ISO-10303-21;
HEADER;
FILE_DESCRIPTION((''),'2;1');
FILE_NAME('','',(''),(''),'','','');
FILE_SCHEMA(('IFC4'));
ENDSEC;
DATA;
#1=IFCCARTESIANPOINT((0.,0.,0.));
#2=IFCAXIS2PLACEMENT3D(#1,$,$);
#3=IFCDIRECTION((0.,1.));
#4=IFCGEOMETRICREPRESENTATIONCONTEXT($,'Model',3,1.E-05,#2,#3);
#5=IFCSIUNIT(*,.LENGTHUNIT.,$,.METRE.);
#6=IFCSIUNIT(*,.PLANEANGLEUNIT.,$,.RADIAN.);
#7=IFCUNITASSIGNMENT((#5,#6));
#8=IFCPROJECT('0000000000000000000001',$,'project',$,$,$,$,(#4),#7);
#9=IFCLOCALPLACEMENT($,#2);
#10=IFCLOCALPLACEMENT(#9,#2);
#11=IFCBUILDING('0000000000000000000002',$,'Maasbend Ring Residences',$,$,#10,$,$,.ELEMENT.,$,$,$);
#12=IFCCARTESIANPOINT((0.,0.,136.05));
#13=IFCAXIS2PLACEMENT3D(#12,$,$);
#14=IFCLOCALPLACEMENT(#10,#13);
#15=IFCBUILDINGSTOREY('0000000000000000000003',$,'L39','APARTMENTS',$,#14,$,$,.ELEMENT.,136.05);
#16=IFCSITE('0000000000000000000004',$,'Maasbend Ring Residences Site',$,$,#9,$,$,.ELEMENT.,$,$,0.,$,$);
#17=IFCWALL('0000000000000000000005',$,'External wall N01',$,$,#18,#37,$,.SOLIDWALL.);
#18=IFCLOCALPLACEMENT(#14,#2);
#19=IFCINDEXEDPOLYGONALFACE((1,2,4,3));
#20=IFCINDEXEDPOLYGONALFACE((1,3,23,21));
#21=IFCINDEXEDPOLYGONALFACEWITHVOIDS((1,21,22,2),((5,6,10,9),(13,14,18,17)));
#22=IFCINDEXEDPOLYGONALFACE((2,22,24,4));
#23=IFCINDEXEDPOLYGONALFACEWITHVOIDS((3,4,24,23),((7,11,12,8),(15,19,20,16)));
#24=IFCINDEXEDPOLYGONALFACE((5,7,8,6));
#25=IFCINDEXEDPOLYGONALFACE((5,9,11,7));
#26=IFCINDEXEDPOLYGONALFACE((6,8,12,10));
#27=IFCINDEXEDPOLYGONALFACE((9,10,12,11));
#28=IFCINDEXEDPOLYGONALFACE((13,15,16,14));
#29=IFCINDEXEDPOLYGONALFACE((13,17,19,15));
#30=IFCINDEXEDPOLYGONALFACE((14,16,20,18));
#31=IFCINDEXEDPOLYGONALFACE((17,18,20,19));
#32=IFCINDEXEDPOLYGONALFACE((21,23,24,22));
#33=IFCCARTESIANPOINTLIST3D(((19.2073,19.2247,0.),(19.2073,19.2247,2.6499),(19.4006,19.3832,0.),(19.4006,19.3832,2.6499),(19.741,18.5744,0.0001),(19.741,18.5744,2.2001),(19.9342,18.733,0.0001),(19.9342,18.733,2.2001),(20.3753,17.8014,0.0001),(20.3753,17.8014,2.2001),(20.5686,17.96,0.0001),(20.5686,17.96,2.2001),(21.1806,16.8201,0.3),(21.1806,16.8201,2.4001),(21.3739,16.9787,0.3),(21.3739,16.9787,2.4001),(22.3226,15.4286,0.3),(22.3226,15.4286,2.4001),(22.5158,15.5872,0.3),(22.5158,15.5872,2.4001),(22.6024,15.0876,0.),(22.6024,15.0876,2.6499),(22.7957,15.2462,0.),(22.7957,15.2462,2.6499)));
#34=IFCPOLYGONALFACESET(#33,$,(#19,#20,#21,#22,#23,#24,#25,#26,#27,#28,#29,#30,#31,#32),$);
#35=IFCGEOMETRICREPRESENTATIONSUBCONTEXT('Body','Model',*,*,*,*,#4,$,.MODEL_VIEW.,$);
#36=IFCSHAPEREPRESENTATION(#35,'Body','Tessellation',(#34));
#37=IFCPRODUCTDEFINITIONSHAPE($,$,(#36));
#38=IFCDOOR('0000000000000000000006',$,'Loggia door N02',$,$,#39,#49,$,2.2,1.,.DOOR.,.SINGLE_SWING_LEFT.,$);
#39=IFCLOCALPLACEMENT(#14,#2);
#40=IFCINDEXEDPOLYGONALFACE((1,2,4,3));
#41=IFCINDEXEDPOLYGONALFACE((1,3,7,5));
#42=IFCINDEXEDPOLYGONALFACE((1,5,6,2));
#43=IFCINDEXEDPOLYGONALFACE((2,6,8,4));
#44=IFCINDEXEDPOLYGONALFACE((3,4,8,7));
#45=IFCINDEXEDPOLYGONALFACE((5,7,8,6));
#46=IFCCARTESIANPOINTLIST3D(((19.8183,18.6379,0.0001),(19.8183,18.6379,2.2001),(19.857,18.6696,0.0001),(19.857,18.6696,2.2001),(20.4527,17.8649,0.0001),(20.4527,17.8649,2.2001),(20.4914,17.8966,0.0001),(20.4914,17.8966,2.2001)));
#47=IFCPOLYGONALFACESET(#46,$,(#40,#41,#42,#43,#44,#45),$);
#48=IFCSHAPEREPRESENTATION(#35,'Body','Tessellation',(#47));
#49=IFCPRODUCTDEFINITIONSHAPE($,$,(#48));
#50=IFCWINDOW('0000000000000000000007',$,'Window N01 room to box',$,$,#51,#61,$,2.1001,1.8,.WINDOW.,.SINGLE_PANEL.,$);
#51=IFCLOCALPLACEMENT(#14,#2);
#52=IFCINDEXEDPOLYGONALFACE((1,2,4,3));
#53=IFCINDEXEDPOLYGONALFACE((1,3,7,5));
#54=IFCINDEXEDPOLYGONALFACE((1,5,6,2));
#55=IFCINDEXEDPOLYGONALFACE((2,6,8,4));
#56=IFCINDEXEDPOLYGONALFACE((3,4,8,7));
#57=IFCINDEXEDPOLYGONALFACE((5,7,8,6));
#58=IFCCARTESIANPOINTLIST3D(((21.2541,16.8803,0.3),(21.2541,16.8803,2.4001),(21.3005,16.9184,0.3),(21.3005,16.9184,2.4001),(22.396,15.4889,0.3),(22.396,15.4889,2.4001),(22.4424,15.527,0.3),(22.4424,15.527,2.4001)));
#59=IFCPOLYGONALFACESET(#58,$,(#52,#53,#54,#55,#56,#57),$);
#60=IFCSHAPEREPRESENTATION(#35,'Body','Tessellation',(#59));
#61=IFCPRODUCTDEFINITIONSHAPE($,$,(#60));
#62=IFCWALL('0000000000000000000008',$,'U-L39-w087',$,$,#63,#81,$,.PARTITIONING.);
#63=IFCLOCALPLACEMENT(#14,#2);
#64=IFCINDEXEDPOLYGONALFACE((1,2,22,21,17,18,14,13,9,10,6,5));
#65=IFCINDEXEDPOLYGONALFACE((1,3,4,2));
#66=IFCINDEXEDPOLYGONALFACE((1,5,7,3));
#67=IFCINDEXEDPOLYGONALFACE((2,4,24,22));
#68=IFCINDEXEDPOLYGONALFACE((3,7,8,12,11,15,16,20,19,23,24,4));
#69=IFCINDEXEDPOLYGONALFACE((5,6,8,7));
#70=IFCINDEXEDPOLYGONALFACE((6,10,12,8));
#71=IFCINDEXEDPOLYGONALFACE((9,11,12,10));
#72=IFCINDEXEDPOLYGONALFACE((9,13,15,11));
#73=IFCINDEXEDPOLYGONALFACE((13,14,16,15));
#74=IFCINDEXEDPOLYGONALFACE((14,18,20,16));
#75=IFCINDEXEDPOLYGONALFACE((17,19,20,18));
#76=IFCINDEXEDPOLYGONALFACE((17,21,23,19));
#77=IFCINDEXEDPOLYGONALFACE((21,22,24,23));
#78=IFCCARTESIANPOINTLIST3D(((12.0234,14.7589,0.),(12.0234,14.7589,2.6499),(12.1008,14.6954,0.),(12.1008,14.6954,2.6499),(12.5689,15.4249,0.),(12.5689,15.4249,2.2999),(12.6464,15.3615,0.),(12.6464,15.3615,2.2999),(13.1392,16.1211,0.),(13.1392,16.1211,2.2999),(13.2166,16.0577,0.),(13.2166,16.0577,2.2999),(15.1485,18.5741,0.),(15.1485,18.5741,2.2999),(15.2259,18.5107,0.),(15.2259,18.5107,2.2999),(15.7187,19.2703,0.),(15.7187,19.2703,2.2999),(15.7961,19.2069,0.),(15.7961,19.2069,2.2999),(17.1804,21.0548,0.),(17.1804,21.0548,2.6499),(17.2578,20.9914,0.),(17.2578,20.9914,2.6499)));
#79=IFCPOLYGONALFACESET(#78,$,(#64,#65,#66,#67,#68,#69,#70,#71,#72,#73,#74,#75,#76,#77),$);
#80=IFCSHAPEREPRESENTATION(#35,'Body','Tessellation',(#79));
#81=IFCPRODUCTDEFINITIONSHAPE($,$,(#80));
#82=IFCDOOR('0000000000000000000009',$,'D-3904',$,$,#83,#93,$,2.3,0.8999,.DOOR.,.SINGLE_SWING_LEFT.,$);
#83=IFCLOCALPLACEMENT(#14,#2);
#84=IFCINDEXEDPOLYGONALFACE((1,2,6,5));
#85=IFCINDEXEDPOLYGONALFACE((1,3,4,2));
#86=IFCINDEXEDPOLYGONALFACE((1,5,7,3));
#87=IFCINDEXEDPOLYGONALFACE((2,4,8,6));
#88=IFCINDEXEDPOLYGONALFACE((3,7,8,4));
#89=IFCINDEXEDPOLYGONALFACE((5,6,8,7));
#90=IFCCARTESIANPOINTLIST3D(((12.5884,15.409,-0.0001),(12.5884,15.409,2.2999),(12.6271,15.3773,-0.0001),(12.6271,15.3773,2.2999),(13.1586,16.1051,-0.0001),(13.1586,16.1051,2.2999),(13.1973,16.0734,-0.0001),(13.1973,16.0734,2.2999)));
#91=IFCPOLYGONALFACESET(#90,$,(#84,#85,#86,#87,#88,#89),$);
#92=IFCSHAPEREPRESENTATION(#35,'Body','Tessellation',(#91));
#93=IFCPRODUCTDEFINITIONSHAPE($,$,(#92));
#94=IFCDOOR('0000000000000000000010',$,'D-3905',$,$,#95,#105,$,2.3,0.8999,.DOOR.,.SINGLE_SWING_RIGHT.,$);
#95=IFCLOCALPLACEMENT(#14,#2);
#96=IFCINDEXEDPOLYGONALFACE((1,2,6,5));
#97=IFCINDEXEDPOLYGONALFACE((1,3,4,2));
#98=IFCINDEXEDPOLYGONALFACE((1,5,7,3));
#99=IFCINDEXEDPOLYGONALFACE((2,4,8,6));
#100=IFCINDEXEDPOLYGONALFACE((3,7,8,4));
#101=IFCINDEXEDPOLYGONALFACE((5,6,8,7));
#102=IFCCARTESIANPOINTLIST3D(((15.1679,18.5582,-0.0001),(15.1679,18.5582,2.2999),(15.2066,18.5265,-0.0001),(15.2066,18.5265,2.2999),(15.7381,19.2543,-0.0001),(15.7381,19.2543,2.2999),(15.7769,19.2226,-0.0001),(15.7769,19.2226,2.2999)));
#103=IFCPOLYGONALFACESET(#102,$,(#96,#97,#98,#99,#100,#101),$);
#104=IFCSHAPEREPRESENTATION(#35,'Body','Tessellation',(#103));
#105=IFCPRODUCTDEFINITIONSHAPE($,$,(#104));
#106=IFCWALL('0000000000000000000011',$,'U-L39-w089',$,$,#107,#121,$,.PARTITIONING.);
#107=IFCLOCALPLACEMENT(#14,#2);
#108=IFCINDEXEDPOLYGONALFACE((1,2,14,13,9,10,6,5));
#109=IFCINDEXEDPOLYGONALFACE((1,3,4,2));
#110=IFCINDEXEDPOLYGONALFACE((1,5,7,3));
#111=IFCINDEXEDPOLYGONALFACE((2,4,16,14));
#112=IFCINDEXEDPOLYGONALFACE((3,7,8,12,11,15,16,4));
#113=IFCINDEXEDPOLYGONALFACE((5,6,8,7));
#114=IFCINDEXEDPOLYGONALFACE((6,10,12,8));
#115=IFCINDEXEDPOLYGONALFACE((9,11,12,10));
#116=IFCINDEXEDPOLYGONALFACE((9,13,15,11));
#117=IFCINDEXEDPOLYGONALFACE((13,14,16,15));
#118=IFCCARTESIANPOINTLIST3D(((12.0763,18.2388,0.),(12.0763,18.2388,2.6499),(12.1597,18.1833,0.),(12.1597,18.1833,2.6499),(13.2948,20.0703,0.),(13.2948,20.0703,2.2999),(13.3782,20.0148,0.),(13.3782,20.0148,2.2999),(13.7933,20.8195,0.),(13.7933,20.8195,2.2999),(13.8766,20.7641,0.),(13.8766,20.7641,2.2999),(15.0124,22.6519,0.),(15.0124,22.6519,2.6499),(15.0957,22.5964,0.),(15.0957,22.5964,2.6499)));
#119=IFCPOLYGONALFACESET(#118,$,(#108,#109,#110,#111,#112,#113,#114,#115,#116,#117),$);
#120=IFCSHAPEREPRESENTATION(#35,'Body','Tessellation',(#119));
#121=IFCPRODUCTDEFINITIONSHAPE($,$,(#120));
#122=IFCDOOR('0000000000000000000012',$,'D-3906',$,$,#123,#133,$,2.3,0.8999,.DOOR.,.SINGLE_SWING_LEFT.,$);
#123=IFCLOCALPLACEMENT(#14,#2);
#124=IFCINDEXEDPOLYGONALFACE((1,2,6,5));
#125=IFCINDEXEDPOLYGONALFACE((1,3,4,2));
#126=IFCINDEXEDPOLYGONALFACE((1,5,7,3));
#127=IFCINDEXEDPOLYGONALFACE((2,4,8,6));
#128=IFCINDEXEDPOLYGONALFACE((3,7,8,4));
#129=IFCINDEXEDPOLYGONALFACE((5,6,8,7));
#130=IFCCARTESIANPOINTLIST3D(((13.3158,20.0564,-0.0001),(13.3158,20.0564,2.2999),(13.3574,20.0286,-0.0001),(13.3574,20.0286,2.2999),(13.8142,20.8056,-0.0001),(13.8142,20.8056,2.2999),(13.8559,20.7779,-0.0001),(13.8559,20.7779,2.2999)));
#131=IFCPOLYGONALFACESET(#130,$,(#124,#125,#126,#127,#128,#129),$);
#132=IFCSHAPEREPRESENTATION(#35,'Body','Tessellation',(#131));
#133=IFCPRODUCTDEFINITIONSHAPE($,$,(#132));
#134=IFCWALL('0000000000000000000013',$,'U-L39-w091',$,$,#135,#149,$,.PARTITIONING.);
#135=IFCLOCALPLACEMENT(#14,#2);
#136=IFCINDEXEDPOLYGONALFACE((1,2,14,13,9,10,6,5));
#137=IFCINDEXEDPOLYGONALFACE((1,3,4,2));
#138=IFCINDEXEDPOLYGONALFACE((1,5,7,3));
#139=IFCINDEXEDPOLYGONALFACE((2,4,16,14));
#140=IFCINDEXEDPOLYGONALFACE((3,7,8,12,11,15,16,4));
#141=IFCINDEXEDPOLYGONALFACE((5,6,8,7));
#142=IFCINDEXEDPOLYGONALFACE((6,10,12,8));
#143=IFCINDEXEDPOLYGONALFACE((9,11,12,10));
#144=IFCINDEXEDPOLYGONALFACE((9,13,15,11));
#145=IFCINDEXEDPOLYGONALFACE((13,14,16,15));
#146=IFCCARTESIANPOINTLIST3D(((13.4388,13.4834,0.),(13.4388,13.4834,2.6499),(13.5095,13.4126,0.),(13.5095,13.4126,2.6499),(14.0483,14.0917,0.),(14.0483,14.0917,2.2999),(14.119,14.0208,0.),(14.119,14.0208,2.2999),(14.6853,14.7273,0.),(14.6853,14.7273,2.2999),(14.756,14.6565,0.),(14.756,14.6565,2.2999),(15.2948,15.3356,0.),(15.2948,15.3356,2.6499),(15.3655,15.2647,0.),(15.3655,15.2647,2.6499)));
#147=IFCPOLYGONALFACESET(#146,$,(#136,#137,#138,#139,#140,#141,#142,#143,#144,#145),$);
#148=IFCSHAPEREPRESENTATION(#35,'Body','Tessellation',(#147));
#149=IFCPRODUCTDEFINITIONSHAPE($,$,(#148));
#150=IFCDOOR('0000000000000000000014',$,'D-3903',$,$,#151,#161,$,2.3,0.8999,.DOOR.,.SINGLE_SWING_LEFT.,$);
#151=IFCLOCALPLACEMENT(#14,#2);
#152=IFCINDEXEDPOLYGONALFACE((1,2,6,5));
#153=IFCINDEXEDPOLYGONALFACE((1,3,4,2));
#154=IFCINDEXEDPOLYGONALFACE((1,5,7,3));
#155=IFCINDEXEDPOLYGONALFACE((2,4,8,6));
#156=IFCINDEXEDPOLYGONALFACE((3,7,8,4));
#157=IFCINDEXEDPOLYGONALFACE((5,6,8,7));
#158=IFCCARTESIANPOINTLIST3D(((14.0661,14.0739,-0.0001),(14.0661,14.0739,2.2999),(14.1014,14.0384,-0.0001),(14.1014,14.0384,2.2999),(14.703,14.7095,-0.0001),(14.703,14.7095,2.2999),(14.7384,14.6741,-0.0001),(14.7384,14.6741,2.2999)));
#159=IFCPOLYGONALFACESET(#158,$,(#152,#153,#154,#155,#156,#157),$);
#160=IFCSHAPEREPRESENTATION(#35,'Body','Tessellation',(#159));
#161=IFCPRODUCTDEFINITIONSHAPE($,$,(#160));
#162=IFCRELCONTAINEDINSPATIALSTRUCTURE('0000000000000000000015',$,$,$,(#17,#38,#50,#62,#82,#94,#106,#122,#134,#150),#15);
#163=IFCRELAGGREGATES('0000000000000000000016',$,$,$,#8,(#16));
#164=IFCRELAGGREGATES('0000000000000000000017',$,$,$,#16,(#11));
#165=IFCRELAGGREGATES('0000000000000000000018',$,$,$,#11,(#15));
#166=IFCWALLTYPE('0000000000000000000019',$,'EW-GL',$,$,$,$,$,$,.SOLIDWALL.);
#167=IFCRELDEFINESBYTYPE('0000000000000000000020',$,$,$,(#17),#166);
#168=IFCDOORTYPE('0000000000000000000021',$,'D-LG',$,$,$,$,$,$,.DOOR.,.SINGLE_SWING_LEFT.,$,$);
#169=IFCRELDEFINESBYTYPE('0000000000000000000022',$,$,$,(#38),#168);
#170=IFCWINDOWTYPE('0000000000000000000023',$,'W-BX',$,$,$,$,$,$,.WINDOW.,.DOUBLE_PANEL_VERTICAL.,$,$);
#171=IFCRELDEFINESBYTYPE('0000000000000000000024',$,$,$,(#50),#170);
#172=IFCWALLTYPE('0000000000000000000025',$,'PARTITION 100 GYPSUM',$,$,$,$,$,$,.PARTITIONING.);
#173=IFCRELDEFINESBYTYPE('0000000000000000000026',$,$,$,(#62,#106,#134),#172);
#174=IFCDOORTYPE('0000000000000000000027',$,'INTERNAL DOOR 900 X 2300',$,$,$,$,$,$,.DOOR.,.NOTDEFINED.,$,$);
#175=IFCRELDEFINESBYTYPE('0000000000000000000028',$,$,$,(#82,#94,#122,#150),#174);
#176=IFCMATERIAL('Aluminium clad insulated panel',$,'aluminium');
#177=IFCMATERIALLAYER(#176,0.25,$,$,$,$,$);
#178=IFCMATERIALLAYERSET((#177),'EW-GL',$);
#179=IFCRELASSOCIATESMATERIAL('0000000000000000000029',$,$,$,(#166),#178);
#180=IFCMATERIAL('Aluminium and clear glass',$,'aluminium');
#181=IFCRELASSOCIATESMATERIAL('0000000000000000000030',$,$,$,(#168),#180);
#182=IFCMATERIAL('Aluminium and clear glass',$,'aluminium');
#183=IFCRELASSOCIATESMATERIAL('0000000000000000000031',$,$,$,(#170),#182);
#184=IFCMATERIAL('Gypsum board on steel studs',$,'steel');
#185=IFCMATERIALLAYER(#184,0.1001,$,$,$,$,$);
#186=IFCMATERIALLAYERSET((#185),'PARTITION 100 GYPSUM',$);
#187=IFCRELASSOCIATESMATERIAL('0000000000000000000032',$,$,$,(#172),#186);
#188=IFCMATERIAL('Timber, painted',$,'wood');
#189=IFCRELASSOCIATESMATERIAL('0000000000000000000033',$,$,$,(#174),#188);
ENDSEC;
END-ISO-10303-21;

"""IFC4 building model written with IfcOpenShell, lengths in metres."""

from ifc_helpers import new_model, si_unit, direction, frame, frame_2d, origin, place, context, subcontext, project, spatial, rectangle, extrude, material, layer, layer_set, type_object, element, fill, save


model = new_model("IFC4")

# Units and contexts
model_context = context("Model", 3, precision=1e-05, world=origin(), true_north=direction((0.0, 1.0)))
body_context = subcontext(model_context, "Body", "Model", "MODEL_VIEW")
ifc_project = project(units=[si_unit("LENGTHUNIT", "METRE"), si_unit("PLANEANGLEUNIT", "RADIAN")], contexts=[model_context])

# Site, building, storey
site_placement = place(None, origin())
site = spatial("IfcSite", under=ifc_project, at=site_placement, Name="Maasbend Ring Residences Site", CompositionType="ELEMENT", RefElevation=0.0)
building_placement = place(site_placement, origin())
building = spatial("IfcBuilding", under=site, at=building_placement, Name="Maasbend Ring Residences", CompositionType="ELEMENT")
storey_placement = place(building_placement, frame((0.0, 0.0, 136.05)))
storey = spatial("IfcBuildingStorey", under=building, at=storey_placement, Name="L39", Description="APARTMENTS", CompositionType="ELEMENT", Elevation=136.05)

# Wall, openings, door, window
ifc_material_1 = material(Name="Aluminium clad insulated panel", Category="aluminium")
ifc_layer_1 = layer(ifc_material_1, 0.25)
ifc_layer_set_1 = layer_set([ifc_layer_1], Name="EW-GL")
wall_type_1 = type_object("IfcWallType", Name="EW-GL", PredefinedType="SOLIDWALL", material=ifc_layer_set_1)
wall_1_placement = place(storey_placement, frame((22.699, 15.167, 0.0), z_axis=(0.0, 0.0, 1.0), x_axis=(-0.634382, 0.773019, 0.0)))
wall_1 = element("IfcWall", 1, at=wall_1_placement, inside=storey, type_object=wall_type_1, Name="External wall N01", PredefinedType="SOLIDWALL", context=body_context, shape_type="SweptSolid", body=[
    extrude(rectangle(XDim=5.3518, YDim=0.25, at=frame_2d((2.6758, 0.0))), origin(), (0.0, 0.0, 1.0), 2.6499),
])
opening_1_placement = place(wall_1_placement, frame((0.4412, 0.0, 0.3)))
opening_1 = element("IfcOpeningElement", 2, at=opening_1_placement, cuts=wall_1, PredefinedType="OPENING", context=body_context, shape_type="SweptSolid", body=[
    extrude(rectangle(XDim=1.8, YDim=2.1001, at=frame_2d((0.8999, 1.05))), frame((0.0, 0.135, 0.0), z_axis=(0.0, -1.0, 0.0), x_axis=(1.0, 0.0, 0.0)), (0.0, 0.0, 1.0), 0.27),
])
opening_2_placement = place(wall_1_placement, frame((3.5105, 0.0, 0.0)))
opening_2 = element("IfcOpeningElement", 3, at=opening_2_placement, cuts=wall_1, PredefinedType="OPENING", context=body_context, shape_type="SweptSolid", body=[
    extrude(rectangle(XDim=1.0, YDim=2.2, at=frame_2d((0.5, 1.1001))), frame((0.0, 0.135, 0.0), z_axis=(0.0, -1.0, 0.0), x_axis=(1.0, 0.0, 0.0)), (0.0, 0.0, 1.0), 0.27),
])
ifc_material_2 = material(Name="Aluminium and clear glass", Category="aluminium")
door_type_1 = type_object("IfcDoorType", Name="D-LG", OperationType="SINGLE_SWING_LEFT", PredefinedType="DOOR", material=ifc_material_2)
door_1_placement = place(opening_2_placement, origin())
door_1 = element("IfcDoor", 4, at=door_1_placement, inside=storey, type_object=door_type_1, Name="Loggia door N02", OperationType="SINGLE_SWING_LEFT", OverallHeight=2.2, OverallWidth=1.0, PredefinedType="DOOR", context=body_context, shape_type="SweptSolid", body=[
    extrude(rectangle(XDim=1.0, YDim=2.2, at=frame_2d((0.5, 1.1001))), frame((0.0, 0.0249, 0.0), z_axis=(0.0, -1.0, 0.0), x_axis=(1.0, 0.0, 0.0)), (0.0, 0.0, 1.0), 0.05),
])
fill(opening_2, door_1)
ifc_material_3 = material(Name="Aluminium and clear glass", Category="aluminium")
window_type_1 = type_object("IfcWindowType", Name="W-BX", PartitioningType="DOUBLE_PANEL_VERTICAL", PredefinedType="WINDOW", material=ifc_material_3)
window_1_placement = place(opening_1_placement, origin())
window_1 = element("IfcWindow", 5, at=window_1_placement, inside=storey, type_object=window_type_1, Name="Window N01 room to box", OverallHeight=2.1001, OverallWidth=1.8, PartitioningType="SINGLE_PANEL", PredefinedType="WINDOW", context=body_context, shape_type="SweptSolid", body=[
    extrude(rectangle(XDim=1.8, YDim=2.1001, at=frame_2d((0.8999, 1.05))), frame((0.0, 0.03, 0.0), z_axis=(0.0, -1.0, 0.0), x_axis=(1.0, 0.0, 0.0)), (0.0, 0.0, 1.0), 0.0601),
])
fill(opening_1, window_1)

# Wall, openings, doors
ifc_material_4 = material(Name="Gypsum board on steel studs", Category="steel")
ifc_layer_2 = layer(ifc_material_4, 0.1001)
ifc_layer_set_2 = layer_set([ifc_layer_2], Name="PARTITION 100 GYPSUM")
wall_type_2 = type_object("IfcWallType", Name="PARTITION 100 GYPSUM", PredefinedType="PARTITIONING", material=ifc_layer_set_2)
wall_2_placement = place(storey_placement, frame((12.062, 14.7271, 0.0), z_axis=(0.0, 0.0, 1.0), x_axis=(0.633664, 0.773608, 0.0)))
wall_2 = element("IfcWall", 6, at=wall_2_placement, inside=storey, type_object=wall_type_2, Name="U-L39-w087", PredefinedType="PARTITIONING", context=body_context, shape_type="SweptSolid", body=[
    extrude(rectangle(XDim=8.1384, YDim=0.1001, at=frame_2d((4.0693, 0.0))), origin(), (0.0, 0.0, 1.0), 2.6499),
])
opening_3_placement = place(wall_2_placement, frame((0.8611, 0.0, 0.0)))
opening_3 = element("IfcOpeningElement", 7, at=opening_3_placement, cuts=wall_2, PredefinedType="OPENING", context=body_context, shape_type="SweptSolid", body=[
    extrude(rectangle(XDim=0.8999, YDim=2.3, at=frame_2d((0.45, 1.1499))), frame((0.0, 0.0601, 0.0), z_axis=(0.0, -1.0, 0.0), x_axis=(1.0, 0.0, 0.0)), (0.0, 0.0, 1.0), 0.1201),
])
opening_4_placement = place(wall_2_placement, frame((4.9319, 0.0, 0.0)))
opening_4 = element("IfcOpeningElement", 8, at=opening_4_placement, cuts=wall_2, PredefinedType="OPENING", context=body_context, shape_type="SweptSolid", body=[
    extrude(rectangle(XDim=0.8999, YDim=2.3, at=frame_2d((0.45, 1.1499))), frame((0.0, 0.0601, 0.0), z_axis=(0.0, -1.0, 0.0), x_axis=(1.0, 0.0, 0.0)), (0.0, 0.0, 1.0), 0.1201),
])
ifc_material_5 = material(Name="Timber, painted", Category="wood")
door_type_2 = type_object("IfcDoorType", Name="INTERNAL DOOR 900 X 2300", OperationType="NOTDEFINED", PredefinedType="DOOR", material=ifc_material_5)
door_2_placement = place(opening_3_placement, origin())
door_2 = element("IfcDoor", 9, at=door_2_placement, inside=storey, type_object=door_type_2, Name="D-3904", OperationType="SINGLE_SWING_LEFT", OverallHeight=2.3, OverallWidth=0.8999, PredefinedType="DOOR", context=body_context, shape_type="SweptSolid", body=[
    extrude(rectangle(XDim=0.8999, YDim=2.3, at=frame_2d((0.45, 1.1499))), frame((0.0, 0.0249, 0.0), z_axis=(0.0, -1.0, 0.0), x_axis=(1.0, 0.0, 0.0)), (0.0, 0.0, 1.0), 0.05),
])
fill(opening_3, door_2)
door_3_placement = place(opening_4_placement, origin())
door_3 = element("IfcDoor", 10, at=door_3_placement, inside=storey, type_object=door_type_2, Name="D-3905", OperationType="SINGLE_SWING_RIGHT", OverallHeight=2.3, OverallWidth=0.8999, PredefinedType="DOOR", context=body_context, shape_type="SweptSolid", body=[
    extrude(rectangle(XDim=0.8999, YDim=2.3, at=frame_2d((0.45, 1.1499))), frame((0.0, 0.0249, 0.0), z_axis=(0.0, -1.0, 0.0), x_axis=(1.0, 0.0, 0.0)), (0.0, 0.0, 1.0), 0.05),
])
fill(opening_4, door_3)

# Walls, openings, doors
wall_3_placement = place(storey_placement, frame((12.1179, 18.2109, 0.0), z_axis=(0.0, 0.0, 1.0), x_axis=(0.553913, 0.832574, 0.0)))
wall_3 = element("IfcWall", 11, at=wall_3_placement, inside=storey, type_object=wall_type_2, Name="U-L39-w089", PredefinedType="PARTITIONING", context=body_context, shape_type="SweptSolid", body=[
    extrude(rectangle(XDim=5.3005, YDim=0.1001, at=frame_2d((2.6504, 0.0))), origin(), (0.0, 0.0, 1.0), 2.6499),
])
opening_5_placement = place(wall_3_placement, frame((2.2, 0.0, 0.0)))
opening_5 = element("IfcOpeningElement", 12, at=opening_5_placement, cuts=wall_3, PredefinedType="OPENING", context=body_context, shape_type="SweptSolid", body=[
    extrude(rectangle(XDim=0.8999, YDim=2.3, at=frame_2d((0.45, 1.1499))), frame((0.0, 0.0601, 0.0), z_axis=(0.0, -1.0, 0.0), x_axis=(1.0, 0.0, 0.0)), (0.0, 0.0, 1.0), 0.1201),
])
door_4_placement = place(opening_5_placement, origin())
door_4 = element("IfcDoor", 13, at=door_4_placement, inside=storey, type_object=door_type_2, Name="D-3906", OperationType="SINGLE_SWING_LEFT", OverallHeight=2.3, OverallWidth=0.8999, PredefinedType="DOOR", context=body_context, shape_type="SweptSolid", body=[
    extrude(rectangle(XDim=0.8999, YDim=2.3, at=frame_2d((0.45, 1.1499))), frame((0.0, 0.0249, 0.0), z_axis=(0.0, -1.0, 0.0), x_axis=(1.0, 0.0, 0.0)), (0.0, 0.0, 1.0), 0.05),
])
fill(opening_5, door_4)
wall_4_placement = place(storey_placement, frame((13.4741, 13.448, 0.0), z_axis=(0.0, 0.0, 1.0), x_axis=(0.707851, 0.706361, 0.0)))
wall_4 = element("IfcWall", 14, at=wall_4_placement, inside=storey, type_object=wall_type_2, Name="U-L39-w091", PredefinedType="PARTITIONING", context=body_context, shape_type="SweptSolid", body=[
    extrude(rectangle(XDim=2.6221, YDim=0.1001, at=frame_2d((1.311, 0.0))), origin(), (0.0, 0.0, 1.0), 2.6499),
])
opening_6_placement = place(wall_4_placement, frame((0.8611, 0.0, 0.0)))
opening_6 = element("IfcOpeningElement", 15, at=opening_6_placement, cuts=wall_4, PredefinedType="OPENING", context=body_context, shape_type="SweptSolid", body=[
    extrude(rectangle(XDim=0.8999, YDim=2.3, at=frame_2d((0.45, 1.1499))), frame((0.0, 0.0601, 0.0), z_axis=(0.0, -1.0, 0.0), x_axis=(1.0, 0.0, 0.0)), (0.0, 0.0, 1.0), 0.1201),
])
door_5_placement = place(opening_6_placement, origin())
door_5 = element("IfcDoor", 16, at=door_5_placement, inside=storey, type_object=door_type_2, Name="D-3903", OperationType="SINGLE_SWING_LEFT", OverallHeight=2.3, OverallWidth=0.8999, PredefinedType="DOOR", context=body_context, shape_type="SweptSolid", body=[
    extrude(rectangle(XDim=0.8999, YDim=2.3, at=frame_2d((0.45, 1.1499))), frame((0.0, 0.0249, 0.0), z_axis=(0.0, -1.0, 0.0), x_axis=(1.0, 0.0, 0.0)), (0.0, 0.0, 1.0), 0.05),
])
fill(opening_6, door_5)

save(model, "model.ifc")
